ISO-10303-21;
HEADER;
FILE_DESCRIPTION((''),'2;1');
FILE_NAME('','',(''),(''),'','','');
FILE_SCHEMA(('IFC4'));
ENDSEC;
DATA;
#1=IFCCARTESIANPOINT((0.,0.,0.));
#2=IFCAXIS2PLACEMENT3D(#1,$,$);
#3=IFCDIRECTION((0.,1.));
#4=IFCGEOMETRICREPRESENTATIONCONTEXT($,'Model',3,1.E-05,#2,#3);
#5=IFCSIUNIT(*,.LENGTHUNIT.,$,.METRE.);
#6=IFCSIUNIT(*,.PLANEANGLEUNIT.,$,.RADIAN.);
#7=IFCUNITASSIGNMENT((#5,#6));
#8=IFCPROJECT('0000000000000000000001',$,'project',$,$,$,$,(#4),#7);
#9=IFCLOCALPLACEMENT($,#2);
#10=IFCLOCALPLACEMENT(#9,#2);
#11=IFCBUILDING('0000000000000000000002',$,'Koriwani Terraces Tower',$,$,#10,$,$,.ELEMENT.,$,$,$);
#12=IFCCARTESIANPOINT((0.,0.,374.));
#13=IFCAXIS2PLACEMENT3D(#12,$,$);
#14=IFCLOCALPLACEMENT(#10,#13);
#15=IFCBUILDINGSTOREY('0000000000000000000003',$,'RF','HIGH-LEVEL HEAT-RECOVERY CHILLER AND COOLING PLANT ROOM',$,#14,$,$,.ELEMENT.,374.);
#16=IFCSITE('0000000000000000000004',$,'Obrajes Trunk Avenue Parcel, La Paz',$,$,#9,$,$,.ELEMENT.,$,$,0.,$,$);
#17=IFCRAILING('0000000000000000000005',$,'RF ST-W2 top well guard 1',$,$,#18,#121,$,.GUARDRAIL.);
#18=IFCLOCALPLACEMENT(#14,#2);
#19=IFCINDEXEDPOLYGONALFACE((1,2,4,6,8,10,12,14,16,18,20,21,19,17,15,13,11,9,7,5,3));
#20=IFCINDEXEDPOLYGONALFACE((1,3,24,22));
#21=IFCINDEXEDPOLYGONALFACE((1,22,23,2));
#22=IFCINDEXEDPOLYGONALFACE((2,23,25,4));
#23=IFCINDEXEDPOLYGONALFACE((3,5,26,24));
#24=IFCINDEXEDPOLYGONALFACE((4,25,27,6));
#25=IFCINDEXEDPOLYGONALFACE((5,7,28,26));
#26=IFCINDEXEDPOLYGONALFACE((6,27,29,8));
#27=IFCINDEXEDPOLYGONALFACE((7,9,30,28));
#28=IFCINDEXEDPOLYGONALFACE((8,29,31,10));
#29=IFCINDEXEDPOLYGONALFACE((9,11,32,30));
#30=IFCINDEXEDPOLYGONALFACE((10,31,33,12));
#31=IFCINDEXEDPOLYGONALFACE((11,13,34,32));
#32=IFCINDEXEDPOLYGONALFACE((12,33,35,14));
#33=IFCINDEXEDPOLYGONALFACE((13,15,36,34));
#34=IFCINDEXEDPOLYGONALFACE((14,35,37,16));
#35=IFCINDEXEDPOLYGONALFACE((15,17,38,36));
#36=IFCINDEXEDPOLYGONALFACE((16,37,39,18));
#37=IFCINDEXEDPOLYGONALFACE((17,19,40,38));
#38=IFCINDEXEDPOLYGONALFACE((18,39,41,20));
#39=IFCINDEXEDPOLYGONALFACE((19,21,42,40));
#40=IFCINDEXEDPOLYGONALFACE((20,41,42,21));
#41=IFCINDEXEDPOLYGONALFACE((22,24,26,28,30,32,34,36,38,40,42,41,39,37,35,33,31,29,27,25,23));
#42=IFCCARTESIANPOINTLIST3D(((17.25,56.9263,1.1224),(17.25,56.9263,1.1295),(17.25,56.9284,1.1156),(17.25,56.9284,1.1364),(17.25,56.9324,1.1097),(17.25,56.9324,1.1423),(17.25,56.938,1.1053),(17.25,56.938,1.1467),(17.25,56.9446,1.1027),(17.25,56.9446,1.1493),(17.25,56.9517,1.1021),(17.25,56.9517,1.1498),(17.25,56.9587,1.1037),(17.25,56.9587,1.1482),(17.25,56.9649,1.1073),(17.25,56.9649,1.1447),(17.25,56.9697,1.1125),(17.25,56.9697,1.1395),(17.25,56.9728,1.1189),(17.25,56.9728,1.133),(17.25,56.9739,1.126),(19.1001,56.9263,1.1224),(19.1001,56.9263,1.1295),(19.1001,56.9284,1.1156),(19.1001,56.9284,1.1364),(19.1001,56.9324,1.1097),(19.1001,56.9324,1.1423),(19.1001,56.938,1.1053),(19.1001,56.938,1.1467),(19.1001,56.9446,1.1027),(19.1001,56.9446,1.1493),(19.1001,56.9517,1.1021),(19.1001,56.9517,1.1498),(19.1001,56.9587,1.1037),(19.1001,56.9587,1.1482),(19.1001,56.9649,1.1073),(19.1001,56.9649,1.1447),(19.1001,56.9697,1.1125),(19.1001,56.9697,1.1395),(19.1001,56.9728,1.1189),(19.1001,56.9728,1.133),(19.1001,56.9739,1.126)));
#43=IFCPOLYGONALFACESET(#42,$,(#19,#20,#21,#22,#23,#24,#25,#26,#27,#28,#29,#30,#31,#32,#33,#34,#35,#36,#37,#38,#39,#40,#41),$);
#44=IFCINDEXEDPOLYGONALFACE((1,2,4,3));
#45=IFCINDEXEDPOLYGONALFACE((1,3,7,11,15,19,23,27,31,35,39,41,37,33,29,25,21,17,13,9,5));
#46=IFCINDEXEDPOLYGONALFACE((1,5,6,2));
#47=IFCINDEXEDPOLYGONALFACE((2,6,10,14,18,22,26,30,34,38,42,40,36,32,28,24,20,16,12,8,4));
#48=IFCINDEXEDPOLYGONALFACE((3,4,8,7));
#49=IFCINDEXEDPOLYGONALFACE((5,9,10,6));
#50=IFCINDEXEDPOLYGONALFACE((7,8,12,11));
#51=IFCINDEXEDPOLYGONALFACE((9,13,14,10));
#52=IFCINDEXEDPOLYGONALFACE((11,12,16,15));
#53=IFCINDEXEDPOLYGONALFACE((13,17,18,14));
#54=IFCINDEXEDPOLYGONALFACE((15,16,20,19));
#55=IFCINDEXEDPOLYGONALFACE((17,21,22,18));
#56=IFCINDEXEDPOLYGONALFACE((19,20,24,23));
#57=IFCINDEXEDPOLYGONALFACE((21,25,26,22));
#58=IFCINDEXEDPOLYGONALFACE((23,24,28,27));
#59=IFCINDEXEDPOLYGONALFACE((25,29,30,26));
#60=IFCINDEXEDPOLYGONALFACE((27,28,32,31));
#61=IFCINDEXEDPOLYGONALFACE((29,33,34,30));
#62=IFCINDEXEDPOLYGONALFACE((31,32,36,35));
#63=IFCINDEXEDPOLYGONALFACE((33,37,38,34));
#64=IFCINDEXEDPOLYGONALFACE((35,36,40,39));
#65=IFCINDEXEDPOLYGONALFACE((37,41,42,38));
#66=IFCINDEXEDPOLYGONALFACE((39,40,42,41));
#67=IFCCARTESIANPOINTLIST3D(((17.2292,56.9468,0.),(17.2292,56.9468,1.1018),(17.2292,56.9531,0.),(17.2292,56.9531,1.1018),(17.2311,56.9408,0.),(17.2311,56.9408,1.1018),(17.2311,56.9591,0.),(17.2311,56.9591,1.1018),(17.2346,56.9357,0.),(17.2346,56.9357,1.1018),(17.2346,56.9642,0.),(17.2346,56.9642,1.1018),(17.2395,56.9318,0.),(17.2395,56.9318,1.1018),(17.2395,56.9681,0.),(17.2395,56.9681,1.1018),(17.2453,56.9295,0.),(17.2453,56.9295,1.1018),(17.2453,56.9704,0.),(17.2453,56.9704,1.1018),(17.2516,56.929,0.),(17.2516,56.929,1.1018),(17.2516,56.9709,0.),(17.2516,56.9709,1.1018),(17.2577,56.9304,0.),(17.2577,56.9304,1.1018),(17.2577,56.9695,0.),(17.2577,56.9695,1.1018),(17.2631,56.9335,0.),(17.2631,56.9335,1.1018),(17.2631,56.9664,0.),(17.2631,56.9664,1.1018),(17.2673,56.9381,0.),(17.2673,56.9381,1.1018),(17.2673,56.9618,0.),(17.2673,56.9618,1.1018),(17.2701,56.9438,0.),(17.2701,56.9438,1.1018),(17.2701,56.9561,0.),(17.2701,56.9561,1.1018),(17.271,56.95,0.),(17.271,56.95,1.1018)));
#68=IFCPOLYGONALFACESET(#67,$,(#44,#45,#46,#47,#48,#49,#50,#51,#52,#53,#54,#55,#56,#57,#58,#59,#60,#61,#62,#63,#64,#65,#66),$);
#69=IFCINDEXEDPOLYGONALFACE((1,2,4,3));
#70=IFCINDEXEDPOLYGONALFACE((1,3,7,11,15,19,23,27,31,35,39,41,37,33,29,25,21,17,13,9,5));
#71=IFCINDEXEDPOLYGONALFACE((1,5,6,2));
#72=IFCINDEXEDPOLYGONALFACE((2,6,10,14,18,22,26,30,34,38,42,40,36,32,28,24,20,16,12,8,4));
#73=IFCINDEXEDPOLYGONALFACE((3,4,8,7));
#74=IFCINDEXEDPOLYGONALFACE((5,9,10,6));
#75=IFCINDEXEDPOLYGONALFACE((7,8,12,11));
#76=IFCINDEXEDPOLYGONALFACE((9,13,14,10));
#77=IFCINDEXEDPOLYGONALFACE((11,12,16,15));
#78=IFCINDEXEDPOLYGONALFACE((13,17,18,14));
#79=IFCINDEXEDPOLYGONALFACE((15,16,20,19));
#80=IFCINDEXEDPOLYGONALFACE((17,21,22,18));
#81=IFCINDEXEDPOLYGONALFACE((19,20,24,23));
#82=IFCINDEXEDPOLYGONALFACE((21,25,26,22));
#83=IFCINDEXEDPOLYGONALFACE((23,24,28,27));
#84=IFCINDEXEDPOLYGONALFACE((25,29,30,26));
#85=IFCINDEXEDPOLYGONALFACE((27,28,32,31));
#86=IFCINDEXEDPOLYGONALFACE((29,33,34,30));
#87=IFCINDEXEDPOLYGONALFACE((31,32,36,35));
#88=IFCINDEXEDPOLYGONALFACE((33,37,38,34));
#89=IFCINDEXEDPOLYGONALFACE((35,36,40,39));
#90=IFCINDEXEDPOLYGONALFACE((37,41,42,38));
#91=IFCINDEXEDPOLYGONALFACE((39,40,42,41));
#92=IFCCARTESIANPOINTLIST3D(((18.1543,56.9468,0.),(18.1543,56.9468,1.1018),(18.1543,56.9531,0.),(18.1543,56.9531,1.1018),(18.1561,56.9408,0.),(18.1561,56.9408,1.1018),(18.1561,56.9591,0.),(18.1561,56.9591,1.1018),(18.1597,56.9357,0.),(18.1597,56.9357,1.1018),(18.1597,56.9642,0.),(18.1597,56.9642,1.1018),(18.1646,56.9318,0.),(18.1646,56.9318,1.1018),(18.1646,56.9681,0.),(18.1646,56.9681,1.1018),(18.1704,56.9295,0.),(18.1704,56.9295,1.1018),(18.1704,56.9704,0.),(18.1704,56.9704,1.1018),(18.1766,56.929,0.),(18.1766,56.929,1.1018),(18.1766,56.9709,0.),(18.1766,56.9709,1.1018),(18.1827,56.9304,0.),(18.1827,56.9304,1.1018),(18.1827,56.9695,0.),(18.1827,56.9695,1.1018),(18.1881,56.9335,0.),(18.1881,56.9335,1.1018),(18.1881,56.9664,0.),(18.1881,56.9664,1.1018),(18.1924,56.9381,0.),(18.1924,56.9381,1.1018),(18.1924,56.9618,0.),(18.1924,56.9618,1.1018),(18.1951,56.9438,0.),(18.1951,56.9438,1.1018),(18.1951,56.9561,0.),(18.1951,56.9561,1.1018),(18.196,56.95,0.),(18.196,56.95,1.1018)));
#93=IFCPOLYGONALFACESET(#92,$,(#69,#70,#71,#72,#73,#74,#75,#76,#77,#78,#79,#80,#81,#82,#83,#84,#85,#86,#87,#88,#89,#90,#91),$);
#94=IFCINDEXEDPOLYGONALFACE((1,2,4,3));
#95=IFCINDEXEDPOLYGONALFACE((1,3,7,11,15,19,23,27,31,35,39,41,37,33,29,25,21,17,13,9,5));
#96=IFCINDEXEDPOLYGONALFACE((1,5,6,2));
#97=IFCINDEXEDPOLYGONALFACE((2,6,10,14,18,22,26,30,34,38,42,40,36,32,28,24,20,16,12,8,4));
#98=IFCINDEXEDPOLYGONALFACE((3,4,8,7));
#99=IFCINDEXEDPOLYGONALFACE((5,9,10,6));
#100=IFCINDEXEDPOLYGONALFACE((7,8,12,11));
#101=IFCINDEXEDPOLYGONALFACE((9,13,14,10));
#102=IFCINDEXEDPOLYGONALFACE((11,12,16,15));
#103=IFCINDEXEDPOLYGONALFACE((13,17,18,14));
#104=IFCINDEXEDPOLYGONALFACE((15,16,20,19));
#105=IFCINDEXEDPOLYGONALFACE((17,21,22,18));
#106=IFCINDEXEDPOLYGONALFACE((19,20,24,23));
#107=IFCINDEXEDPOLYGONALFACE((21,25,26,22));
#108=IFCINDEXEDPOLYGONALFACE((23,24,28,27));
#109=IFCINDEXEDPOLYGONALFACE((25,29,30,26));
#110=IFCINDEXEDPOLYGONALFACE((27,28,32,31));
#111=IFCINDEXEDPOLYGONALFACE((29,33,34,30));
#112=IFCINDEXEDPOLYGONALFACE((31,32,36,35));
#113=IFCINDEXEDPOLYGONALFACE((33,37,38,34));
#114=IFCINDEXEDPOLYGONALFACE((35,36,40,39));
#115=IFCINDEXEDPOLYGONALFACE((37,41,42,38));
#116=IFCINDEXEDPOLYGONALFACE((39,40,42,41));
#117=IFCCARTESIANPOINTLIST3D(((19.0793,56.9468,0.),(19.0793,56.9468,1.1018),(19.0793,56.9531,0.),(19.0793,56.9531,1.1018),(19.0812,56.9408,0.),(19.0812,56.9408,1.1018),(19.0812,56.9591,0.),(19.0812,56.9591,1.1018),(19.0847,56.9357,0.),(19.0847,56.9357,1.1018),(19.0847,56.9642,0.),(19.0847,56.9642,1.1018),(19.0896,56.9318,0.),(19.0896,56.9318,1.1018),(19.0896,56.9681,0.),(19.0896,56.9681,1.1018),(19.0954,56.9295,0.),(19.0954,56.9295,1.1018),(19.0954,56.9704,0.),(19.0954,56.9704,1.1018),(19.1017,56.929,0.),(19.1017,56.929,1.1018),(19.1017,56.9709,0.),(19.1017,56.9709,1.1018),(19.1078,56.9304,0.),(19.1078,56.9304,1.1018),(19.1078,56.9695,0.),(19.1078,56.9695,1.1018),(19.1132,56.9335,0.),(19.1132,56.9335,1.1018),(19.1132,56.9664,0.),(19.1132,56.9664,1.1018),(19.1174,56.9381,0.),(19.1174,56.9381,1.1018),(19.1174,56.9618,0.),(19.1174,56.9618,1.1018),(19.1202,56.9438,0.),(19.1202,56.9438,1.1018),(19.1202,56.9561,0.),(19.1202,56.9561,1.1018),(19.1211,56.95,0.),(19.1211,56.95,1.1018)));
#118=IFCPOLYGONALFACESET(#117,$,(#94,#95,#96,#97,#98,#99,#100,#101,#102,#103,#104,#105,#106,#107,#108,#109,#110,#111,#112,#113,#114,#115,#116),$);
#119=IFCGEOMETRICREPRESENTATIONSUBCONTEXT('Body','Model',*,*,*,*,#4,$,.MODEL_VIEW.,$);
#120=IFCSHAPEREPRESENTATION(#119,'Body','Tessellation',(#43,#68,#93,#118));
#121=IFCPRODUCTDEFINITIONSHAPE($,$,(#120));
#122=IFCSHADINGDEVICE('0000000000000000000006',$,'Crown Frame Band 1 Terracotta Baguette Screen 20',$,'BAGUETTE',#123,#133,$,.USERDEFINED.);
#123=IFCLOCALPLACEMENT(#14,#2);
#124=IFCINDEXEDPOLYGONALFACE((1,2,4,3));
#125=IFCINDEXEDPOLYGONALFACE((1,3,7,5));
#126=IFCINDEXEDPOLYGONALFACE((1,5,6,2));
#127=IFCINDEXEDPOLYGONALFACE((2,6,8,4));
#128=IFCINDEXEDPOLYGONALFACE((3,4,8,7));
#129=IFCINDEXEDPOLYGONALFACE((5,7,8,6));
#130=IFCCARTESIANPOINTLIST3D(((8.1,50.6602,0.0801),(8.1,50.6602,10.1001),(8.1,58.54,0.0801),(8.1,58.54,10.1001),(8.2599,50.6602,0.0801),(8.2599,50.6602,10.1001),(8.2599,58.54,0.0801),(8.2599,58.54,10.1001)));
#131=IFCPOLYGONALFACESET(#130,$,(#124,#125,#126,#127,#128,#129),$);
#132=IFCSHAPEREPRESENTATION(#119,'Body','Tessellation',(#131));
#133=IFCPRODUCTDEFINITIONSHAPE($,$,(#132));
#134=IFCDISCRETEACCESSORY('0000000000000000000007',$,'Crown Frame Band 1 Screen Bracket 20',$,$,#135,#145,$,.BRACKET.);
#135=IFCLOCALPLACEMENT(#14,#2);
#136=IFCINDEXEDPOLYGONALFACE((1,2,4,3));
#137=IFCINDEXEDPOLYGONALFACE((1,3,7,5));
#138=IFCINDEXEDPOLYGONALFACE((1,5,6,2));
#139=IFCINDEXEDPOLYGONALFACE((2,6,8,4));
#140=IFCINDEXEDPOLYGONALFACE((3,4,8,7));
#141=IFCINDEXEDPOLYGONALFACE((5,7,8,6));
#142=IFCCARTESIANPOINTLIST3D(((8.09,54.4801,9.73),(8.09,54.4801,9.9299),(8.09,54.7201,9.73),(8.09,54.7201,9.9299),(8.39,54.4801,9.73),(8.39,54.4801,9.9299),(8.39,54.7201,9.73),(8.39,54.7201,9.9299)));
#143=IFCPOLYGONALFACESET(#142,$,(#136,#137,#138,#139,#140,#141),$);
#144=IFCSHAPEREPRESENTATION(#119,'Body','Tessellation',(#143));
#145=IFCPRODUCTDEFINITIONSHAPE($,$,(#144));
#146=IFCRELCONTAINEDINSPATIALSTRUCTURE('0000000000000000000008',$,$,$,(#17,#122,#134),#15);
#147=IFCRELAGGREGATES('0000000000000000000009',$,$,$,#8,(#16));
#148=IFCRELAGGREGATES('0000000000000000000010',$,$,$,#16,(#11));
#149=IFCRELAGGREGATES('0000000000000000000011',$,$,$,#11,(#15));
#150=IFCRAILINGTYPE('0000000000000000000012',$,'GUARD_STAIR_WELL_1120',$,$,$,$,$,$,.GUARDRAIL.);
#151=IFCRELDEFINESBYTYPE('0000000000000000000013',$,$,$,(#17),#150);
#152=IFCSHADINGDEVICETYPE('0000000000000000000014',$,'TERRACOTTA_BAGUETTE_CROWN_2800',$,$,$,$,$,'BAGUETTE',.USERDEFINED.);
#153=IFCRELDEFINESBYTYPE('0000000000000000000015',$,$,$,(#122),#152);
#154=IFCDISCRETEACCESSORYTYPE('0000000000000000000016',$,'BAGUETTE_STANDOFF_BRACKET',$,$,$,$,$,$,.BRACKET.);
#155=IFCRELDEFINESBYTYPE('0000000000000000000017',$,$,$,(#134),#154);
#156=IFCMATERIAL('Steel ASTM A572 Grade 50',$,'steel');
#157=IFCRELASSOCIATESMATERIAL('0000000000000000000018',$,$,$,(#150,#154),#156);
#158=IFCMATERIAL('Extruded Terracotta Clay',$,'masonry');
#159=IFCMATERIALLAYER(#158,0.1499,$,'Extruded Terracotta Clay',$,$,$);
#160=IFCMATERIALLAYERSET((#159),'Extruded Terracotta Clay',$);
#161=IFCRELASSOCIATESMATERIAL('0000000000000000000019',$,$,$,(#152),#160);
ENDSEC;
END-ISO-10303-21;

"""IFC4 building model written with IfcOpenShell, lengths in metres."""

from ifc_helpers import new_model, si_unit, direction, frame, origin, origin_2d, place, context, subcontext, project, spatial, rectangle, circle, extrude, material, layer, layer_set, type_object, element, save


model = new_model("IFC4")

# Units and contexts
model_context = context("Model", 3, precision=1e-05, world=origin(), true_north=direction((0.0, 1.0)))
body_context = subcontext(model_context, "Body", "Model", "MODEL_VIEW")
ifc_project = project(units=[si_unit("LENGTHUNIT", "METRE"), si_unit("PLANEANGLEUNIT", "RADIAN")], contexts=[model_context])

# Site, building, storey
site_placement = place(None, origin())
site = spatial("IfcSite", under=ifc_project, at=site_placement, Name="Obrajes Trunk Avenue Parcel, La Paz", CompositionType="ELEMENT", RefElevation=0.0)
building_placement = place(site_placement, origin())
building = spatial("IfcBuilding", under=site, at=building_placement, Name="Koriwani Terraces Tower", CompositionType="ELEMENT")
storey_placement = place(building_placement, frame((0.0, 0.0, 374.0)))
storey = spatial("IfcBuildingStorey", under=building, at=storey_placement, Name="RF", Description="HIGH-LEVEL HEAT-RECOVERY CHILLER AND COOLING PLANT ROOM", CompositionType="ELEMENT", Elevation=374.0)

# Shared definitions
ifc_material_1 = material(Name="Steel ASTM A572 Grade 50", Category="steel")

# Railing
railing_type = type_object("IfcRailingType", Name="GUARD_STAIR_WELL_1120", PredefinedType="GUARDRAIL", material=ifc_material_1)
railing_placement = place(storey_placement, frame((17.25, 56.95, 0.0)))
element("IfcRailing", 1, at=railing_placement, inside=storey, type_object=railing_type, Name="RF ST-W2 top well guard 1", PredefinedType="GUARDRAIL", context=body_context, shape_type="SweptSolid", body=[
    extrude(circle(Radius=0.0239, at=origin_2d()), frame((0.0, 0.0, 1.126), z_axis=(1.0, 0.0, 0.0), x_axis=(0.0, 1.0, 0.0)), (0.0, 0.0, 1.0), 1.8501),
    extrude(circle(Radius=0.021, at=origin_2d()), origin(), (0.0, 0.0, 1.0), 1.1018),
    extrude(circle(Radius=0.021, at=origin_2d()), frame((0.925, 0.0, 0.0)), (0.0, 0.0, 1.0), 1.1018),
    extrude(circle(Radius=0.021, at=origin_2d()), frame((1.8501, 0.0, 0.0)), (0.0, 0.0, 1.0), 1.1018),
])

# Shading device
ifc_material_2 = material(Name="Extruded Terracotta Clay", Category="masonry")
ifc_layer_1 = layer(ifc_material_2, 0.1499, Name="Extruded Terracotta Clay")
ifc_layer_set_1 = layer_set([ifc_layer_1], Name="Extruded Terracotta Clay")
shading_device_type = type_object("IfcShadingDeviceType", Name="TERRACOTTA_BAGUETTE_CROWN_2800", ElementType="BAGUETTE", PredefinedType="USERDEFINED", material=ifc_layer_set_1)
shading_device_placement = place(storey_placement, frame((8.1799, 54.6001, 0.0801), z_axis=(0.0, 0.0, 1.0), x_axis=(0.0, -1.0, 0.0)))
element("IfcShadingDevice", 2, at=shading_device_placement, inside=storey, type_object=shading_device_type, Name="Crown Frame Band 1 Terracotta Baguette Screen 20", ObjectType="BAGUETTE", PredefinedType="USERDEFINED", context=body_context, shape_type="SweptSolid", body=[
    extrude(rectangle(XDim=7.8799, YDim=0.1599, at=origin_2d()), origin(), (0.0, 0.0, 1.0), 10.02),
])

# Discrete accessory
discrete_accessory_type = type_object("IfcDiscreteAccessoryType", Name="BAGUETTE_STANDOFF_BRACKET", PredefinedType="BRACKET", material=ifc_material_1)
discrete_accessory_placement = place(storey_placement, frame((8.24, 54.6001, 9.73), z_axis=(0.0, 0.0, 1.0), x_axis=(0.0, -1.0, 0.0)))
element("IfcDiscreteAccessory", 3, at=discrete_accessory_placement, inside=storey, type_object=discrete_accessory_type, Name="Crown Frame Band 1 Screen Bracket 20", PredefinedType="BRACKET", context=body_context, shape_type="SweptSolid", body=[
    extrude(rectangle(XDim=0.24, YDim=0.3, at=origin_2d()), origin(), (0.0, 0.0, 1.0), 0.2),
])

save(model, "model.ifc")
